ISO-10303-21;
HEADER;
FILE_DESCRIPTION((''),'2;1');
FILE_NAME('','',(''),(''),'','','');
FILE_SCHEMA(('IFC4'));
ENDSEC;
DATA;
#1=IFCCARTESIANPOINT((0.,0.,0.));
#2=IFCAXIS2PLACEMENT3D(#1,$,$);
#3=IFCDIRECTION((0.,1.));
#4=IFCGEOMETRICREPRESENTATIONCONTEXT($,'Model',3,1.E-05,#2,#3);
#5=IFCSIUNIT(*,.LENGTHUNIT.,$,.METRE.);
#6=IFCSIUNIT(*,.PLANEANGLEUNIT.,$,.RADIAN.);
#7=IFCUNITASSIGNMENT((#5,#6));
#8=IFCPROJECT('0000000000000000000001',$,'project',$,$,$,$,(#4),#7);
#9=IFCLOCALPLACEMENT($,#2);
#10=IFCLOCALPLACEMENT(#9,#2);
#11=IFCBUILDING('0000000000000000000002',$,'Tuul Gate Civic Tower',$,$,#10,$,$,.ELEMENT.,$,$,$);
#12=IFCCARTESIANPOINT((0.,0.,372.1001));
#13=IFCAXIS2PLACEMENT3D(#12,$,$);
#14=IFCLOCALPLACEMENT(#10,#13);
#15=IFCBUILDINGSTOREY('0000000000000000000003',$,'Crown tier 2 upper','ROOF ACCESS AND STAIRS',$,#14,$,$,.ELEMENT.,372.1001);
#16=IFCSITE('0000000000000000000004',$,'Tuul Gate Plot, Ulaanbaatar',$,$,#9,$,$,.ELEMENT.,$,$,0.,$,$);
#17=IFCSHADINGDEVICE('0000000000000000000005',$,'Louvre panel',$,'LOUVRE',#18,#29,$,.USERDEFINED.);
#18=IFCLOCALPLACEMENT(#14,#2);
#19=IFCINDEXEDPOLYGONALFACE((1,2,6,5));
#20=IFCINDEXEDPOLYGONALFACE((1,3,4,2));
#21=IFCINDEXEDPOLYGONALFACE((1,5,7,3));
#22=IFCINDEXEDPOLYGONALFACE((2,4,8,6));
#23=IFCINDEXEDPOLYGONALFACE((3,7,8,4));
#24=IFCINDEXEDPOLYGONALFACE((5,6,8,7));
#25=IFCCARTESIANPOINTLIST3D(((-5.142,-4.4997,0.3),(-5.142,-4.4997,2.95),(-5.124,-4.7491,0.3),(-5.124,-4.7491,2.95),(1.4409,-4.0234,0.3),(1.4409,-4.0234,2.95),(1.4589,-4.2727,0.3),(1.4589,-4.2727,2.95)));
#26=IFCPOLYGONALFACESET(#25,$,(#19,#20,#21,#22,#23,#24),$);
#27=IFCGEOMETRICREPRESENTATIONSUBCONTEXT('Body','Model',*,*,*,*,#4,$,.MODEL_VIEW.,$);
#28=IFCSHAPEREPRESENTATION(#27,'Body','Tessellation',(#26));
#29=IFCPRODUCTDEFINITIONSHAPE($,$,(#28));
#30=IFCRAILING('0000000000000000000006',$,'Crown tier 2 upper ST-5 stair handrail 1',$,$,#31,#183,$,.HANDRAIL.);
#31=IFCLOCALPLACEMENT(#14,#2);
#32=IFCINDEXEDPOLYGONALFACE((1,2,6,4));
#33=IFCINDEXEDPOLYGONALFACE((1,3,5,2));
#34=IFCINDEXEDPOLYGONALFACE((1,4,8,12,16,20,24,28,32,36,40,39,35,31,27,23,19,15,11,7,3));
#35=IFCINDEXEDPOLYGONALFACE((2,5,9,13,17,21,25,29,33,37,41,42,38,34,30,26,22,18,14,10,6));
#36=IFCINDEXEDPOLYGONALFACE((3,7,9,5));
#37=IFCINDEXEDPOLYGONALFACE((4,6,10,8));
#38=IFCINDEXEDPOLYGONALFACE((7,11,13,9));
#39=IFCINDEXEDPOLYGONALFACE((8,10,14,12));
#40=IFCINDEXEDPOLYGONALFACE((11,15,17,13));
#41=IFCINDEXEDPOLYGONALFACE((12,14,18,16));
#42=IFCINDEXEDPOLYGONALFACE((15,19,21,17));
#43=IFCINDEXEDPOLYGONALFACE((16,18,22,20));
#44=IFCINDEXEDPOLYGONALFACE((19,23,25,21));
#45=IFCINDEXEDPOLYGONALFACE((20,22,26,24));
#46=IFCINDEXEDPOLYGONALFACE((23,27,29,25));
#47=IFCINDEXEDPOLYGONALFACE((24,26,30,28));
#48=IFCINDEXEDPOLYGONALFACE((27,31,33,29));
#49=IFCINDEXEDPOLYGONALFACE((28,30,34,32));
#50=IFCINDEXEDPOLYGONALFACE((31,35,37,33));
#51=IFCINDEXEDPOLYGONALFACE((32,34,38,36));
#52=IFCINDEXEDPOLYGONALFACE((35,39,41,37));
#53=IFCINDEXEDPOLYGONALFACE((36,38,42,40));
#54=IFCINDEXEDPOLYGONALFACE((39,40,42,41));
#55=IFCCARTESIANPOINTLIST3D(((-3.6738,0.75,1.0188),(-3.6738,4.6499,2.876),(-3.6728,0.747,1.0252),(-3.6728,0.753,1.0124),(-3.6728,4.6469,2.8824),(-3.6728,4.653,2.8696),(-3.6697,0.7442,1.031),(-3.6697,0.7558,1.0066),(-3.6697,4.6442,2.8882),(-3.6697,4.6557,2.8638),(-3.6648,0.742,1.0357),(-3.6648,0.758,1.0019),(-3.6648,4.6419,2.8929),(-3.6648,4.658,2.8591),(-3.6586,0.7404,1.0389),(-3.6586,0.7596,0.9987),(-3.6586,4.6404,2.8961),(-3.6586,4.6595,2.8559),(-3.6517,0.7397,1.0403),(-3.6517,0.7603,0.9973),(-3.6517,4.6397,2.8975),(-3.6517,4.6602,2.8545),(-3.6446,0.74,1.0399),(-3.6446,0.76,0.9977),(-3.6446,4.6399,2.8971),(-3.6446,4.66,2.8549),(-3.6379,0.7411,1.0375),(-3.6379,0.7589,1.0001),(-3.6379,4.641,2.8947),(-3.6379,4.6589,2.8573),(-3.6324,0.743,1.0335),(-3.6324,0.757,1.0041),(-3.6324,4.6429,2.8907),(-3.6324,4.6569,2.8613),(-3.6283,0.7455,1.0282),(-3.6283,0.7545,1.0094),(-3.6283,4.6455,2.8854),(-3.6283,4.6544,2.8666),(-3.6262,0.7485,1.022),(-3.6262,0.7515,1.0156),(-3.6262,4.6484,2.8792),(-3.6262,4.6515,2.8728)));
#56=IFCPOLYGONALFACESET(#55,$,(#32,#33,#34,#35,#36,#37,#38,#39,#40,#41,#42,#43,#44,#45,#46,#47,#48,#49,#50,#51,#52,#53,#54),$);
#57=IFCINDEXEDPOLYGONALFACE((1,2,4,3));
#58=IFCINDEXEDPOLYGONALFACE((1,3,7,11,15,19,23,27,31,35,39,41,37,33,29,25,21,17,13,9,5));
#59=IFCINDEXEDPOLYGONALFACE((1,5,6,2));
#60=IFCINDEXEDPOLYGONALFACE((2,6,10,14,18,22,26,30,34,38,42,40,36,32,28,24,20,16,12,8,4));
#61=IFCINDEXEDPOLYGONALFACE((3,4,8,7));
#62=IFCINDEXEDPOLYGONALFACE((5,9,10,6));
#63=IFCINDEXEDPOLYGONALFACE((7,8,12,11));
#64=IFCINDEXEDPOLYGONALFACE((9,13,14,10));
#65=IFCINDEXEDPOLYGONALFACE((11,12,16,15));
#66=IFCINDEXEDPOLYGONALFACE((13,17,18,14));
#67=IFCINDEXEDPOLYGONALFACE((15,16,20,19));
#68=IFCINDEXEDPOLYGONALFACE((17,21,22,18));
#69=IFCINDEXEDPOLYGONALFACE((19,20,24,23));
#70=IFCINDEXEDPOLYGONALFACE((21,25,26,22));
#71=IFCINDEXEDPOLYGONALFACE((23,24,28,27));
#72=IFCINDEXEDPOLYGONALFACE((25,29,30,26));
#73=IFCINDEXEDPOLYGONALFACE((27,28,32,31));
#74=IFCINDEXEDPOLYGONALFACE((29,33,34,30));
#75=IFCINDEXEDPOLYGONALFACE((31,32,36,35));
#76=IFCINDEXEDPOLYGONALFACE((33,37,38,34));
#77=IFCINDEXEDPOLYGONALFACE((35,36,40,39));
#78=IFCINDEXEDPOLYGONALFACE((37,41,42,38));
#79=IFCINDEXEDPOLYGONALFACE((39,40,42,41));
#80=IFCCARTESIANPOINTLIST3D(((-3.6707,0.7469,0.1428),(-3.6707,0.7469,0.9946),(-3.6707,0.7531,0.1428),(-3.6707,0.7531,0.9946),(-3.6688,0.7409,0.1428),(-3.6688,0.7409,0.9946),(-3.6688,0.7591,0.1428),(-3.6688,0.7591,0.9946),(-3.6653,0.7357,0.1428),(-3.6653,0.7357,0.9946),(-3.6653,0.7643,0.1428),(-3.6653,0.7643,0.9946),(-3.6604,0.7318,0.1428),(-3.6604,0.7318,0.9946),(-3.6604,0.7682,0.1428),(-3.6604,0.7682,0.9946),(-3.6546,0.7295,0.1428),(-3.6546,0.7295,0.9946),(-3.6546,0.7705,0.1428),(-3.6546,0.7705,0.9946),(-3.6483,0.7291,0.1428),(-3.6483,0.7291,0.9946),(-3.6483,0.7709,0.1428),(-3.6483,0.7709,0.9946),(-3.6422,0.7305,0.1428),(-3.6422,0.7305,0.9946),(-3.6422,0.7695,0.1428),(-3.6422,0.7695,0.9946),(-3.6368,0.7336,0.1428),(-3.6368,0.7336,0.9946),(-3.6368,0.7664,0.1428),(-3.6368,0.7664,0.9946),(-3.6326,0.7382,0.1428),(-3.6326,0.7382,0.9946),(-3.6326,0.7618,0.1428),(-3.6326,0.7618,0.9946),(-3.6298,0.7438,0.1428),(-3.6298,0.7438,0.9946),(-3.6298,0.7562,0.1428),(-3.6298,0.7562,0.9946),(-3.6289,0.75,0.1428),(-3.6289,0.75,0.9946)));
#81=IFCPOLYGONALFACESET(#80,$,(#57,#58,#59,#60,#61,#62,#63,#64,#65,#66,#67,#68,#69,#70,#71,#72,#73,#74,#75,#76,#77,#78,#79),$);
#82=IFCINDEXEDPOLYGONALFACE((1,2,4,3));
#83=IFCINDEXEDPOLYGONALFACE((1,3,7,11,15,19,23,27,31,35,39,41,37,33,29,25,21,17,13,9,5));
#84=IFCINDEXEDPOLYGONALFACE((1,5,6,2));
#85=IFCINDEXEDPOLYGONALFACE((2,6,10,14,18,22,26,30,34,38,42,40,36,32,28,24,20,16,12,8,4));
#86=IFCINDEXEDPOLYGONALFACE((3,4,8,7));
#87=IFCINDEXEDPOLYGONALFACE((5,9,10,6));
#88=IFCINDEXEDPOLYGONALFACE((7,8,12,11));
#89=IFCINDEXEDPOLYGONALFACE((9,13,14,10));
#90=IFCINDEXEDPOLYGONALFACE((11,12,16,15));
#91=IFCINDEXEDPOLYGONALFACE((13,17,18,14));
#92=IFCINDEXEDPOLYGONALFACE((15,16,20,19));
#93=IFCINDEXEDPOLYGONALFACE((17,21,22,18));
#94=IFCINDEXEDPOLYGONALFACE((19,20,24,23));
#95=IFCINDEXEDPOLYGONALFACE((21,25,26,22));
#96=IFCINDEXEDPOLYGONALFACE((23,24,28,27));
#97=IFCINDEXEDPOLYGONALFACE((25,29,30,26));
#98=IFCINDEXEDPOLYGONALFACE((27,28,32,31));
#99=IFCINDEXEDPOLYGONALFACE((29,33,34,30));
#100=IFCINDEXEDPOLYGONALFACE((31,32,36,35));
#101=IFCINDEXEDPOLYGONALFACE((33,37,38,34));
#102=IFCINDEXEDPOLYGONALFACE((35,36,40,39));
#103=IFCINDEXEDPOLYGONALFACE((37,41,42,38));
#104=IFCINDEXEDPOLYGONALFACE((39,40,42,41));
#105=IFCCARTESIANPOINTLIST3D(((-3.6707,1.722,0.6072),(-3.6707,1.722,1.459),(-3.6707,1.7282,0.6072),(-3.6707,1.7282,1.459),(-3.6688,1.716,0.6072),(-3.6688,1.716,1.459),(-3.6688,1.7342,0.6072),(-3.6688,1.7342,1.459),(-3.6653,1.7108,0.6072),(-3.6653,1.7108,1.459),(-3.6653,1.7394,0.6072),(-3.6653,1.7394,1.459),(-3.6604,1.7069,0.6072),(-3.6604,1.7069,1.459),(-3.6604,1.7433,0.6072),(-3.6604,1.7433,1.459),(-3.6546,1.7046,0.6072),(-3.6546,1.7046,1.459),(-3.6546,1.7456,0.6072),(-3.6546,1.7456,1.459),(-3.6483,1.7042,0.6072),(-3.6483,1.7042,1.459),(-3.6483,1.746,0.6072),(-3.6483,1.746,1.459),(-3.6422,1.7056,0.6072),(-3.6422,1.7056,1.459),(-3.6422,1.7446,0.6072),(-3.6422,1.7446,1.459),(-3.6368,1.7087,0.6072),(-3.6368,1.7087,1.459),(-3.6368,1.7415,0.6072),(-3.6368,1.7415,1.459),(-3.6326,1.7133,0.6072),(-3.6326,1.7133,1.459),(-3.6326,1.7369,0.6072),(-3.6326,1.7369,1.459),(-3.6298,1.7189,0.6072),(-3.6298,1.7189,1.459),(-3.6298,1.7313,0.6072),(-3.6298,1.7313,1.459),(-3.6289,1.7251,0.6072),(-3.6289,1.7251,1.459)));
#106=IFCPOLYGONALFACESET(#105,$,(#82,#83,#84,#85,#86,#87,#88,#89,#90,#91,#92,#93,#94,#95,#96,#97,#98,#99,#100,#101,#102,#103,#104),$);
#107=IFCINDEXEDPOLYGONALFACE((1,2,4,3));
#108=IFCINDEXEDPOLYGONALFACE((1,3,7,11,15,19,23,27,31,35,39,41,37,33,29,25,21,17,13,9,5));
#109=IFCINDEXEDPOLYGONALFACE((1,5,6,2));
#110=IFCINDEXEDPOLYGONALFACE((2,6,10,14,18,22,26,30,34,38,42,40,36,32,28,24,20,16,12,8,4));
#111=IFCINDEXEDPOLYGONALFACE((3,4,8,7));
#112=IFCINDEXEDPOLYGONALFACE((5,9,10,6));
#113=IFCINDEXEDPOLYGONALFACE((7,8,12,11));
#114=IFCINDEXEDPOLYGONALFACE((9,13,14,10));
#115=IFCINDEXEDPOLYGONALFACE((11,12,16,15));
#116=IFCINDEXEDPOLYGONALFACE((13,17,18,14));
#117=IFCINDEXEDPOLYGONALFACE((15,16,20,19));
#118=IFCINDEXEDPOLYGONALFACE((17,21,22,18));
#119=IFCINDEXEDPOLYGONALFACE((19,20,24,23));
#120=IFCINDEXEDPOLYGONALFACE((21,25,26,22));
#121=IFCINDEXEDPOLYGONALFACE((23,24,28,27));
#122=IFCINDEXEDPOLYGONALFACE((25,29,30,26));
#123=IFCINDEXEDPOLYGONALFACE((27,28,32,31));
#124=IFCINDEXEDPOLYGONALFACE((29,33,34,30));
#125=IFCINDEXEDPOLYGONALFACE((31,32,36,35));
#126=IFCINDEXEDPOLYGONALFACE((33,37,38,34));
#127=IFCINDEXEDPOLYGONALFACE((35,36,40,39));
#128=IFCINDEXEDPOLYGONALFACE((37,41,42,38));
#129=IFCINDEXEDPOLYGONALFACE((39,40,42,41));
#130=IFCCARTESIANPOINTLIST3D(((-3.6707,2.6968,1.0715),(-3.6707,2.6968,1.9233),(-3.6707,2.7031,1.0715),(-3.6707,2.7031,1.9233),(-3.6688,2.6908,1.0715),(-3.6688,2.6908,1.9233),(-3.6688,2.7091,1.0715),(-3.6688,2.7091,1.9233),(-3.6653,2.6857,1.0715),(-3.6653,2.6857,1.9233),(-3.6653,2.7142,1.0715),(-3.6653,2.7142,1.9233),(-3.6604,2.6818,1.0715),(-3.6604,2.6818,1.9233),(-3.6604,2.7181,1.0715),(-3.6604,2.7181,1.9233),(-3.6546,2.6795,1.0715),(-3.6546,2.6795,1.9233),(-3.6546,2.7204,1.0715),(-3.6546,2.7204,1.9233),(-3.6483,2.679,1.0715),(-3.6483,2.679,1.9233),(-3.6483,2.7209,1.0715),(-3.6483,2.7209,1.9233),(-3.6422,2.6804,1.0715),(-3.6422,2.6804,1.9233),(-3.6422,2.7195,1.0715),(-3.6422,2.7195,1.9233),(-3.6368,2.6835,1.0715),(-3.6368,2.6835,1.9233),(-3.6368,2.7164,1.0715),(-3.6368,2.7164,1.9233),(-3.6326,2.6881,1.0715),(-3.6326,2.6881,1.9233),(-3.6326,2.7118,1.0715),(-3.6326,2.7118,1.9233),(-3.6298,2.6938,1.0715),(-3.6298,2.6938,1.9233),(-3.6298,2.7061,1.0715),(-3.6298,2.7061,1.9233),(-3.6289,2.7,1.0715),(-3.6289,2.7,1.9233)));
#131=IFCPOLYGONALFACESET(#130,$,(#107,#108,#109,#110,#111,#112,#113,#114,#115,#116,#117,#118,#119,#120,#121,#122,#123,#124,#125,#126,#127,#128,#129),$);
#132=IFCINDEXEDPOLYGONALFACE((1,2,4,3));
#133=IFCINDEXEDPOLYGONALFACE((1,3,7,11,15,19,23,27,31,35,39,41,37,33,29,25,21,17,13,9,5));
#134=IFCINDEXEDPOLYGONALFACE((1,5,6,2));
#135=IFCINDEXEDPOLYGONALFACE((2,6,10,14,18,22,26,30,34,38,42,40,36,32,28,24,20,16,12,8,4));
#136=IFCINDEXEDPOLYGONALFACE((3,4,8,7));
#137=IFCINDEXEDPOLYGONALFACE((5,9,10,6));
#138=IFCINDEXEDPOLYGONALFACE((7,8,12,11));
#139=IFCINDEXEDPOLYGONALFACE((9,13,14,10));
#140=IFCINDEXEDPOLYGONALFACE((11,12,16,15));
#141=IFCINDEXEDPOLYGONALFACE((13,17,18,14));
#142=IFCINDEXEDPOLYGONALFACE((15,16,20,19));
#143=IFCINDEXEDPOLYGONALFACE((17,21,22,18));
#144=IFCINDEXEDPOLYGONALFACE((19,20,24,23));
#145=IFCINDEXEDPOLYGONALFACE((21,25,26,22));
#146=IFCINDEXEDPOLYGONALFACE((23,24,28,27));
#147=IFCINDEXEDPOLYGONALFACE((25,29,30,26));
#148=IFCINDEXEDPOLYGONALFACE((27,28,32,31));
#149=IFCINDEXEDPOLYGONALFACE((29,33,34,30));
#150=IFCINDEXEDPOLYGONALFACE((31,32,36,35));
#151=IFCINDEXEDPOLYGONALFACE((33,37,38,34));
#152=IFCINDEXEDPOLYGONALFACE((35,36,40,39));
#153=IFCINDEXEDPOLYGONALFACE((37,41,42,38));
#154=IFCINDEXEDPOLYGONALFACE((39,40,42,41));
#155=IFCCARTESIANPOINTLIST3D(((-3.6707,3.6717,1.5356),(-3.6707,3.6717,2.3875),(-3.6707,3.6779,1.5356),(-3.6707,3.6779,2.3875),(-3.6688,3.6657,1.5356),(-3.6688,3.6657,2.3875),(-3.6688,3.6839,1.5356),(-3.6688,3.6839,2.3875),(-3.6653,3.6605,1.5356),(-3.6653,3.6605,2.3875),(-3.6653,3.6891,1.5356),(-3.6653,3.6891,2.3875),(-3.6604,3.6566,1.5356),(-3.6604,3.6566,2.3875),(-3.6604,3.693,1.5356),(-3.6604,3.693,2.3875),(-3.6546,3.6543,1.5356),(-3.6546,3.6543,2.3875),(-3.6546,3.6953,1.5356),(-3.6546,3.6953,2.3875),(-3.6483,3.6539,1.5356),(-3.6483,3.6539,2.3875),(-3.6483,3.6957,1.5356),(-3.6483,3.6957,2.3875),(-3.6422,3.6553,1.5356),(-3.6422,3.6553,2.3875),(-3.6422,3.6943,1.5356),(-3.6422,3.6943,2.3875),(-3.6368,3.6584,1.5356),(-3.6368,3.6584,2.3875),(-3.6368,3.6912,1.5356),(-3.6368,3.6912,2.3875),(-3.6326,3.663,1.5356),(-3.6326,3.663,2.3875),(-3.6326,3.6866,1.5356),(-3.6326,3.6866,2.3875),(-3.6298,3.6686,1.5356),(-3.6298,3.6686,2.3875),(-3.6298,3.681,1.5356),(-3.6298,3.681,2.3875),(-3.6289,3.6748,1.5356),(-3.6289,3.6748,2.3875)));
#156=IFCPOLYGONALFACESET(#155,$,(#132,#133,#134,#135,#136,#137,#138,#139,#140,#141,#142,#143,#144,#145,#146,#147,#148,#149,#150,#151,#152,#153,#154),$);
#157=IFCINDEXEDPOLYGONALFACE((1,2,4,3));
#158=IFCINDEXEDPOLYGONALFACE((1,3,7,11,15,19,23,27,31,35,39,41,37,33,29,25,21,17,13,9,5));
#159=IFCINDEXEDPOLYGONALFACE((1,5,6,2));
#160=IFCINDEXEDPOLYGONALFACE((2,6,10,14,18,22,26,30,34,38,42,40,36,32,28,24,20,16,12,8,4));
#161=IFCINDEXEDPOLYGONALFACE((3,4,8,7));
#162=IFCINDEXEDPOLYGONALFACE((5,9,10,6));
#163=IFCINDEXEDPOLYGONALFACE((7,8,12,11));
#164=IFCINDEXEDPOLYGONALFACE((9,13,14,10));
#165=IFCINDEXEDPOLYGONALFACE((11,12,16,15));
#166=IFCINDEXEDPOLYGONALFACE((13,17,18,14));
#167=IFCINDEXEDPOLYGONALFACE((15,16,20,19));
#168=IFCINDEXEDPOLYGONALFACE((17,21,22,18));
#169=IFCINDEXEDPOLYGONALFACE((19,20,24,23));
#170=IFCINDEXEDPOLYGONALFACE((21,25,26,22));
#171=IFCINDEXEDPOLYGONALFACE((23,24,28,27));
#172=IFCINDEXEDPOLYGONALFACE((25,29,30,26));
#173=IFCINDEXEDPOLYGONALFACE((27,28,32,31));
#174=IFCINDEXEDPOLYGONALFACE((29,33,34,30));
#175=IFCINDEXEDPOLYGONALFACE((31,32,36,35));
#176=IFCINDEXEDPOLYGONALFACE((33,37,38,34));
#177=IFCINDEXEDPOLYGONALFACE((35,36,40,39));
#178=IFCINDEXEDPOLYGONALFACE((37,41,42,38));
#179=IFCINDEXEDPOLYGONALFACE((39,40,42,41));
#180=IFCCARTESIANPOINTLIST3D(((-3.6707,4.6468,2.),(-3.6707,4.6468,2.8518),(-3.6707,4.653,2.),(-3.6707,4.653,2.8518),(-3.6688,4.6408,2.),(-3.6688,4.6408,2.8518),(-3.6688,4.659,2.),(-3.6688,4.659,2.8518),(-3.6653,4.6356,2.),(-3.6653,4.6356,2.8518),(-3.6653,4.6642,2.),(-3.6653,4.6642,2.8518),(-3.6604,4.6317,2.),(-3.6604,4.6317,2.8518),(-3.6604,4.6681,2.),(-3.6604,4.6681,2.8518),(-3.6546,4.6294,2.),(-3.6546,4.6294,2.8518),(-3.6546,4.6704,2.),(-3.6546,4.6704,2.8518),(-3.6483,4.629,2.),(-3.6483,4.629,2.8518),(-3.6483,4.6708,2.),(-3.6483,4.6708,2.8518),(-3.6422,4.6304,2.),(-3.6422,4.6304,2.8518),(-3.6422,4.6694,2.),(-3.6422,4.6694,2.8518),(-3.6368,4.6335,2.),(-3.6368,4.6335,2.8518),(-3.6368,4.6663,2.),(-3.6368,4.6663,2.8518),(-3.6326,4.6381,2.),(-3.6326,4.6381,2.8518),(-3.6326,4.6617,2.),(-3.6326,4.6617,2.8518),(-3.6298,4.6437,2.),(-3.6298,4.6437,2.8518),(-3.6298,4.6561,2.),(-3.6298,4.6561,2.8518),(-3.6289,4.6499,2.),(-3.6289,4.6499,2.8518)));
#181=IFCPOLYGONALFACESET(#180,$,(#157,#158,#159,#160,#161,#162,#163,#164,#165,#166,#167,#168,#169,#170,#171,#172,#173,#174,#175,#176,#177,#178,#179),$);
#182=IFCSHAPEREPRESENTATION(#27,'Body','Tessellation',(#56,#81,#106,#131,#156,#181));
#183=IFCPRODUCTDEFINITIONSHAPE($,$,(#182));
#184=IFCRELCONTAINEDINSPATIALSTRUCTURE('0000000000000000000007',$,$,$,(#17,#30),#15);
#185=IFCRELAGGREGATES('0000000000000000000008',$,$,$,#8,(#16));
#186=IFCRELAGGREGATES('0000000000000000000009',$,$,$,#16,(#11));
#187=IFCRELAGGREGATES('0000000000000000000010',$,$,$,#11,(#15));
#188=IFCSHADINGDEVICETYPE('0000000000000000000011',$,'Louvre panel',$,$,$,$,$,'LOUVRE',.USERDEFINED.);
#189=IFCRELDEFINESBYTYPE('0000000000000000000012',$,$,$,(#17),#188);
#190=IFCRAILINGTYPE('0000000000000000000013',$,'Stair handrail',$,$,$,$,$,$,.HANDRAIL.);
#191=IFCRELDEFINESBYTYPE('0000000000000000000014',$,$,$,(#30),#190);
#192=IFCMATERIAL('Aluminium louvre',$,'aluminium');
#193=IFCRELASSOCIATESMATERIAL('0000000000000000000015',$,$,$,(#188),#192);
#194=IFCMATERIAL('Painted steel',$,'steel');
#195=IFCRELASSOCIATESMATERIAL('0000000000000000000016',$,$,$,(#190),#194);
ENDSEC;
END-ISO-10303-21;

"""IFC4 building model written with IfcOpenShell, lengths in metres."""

from ifc_helpers import new_model, si_unit, direction, frame, origin, origin_2d, place, context, subcontext, project, spatial, rectangle, circle, extrude, material, type_object, element, save


model = new_model("IFC4")

# Units and contexts
model_context = context("Model", 3, precision=1e-05, world=origin(), true_north=direction((0.0, 1.0)))
body_context = subcontext(model_context, "Body", "Model", "MODEL_VIEW")
ifc_project = project(units=[si_unit("LENGTHUNIT", "METRE"), si_unit("PLANEANGLEUNIT", "RADIAN")], contexts=[model_context])

# Site, building, storey
site_placement = place(None, origin())
site = spatial("IfcSite", under=ifc_project, at=site_placement, Name="Tuul Gate Plot, Ulaanbaatar", CompositionType="ELEMENT", RefElevation=0.0)
building_placement = place(site_placement, origin())
building = spatial("IfcBuilding", under=site, at=building_placement, Name="Tuul Gate Civic Tower", CompositionType="ELEMENT")
storey_placement = place(building_placement, frame((0.0, 0.0, 372.1001)))
storey = spatial("IfcBuildingStorey", under=building, at=storey_placement, Name="Crown tier 2 upper", Description="ROOF ACCESS AND STAIRS", CompositionType="ELEMENT", Elevation=372.1001)

# Shading device
ifc_material_1 = material(Name="Aluminium louvre", Category="aluminium")
shading_device_type = type_object("IfcShadingDeviceType", Name="Louvre panel", ElementType="LOUVRE", PredefinedType="USERDEFINED", material=ifc_material_1)
shading_device_1_placement = place(storey_placement, frame((-1.8416, -4.3862, 0.3), z_axis=(0.0, 0.0, 1.0), x_axis=(0.072168, -0.997393, 0.0)))
element("IfcShadingDevice", 1, at=shading_device_1_placement, inside=storey, type_object=shading_device_type, Name="Louvre panel", ObjectType="LOUVRE", PredefinedType="USERDEFINED", context=body_context, shape_type="SweptSolid", body=[
    extrude(rectangle(XDim=0.25, YDim=6.6001, at=origin_2d()), origin(), (0.0, 0.0, 1.0), 2.6499),
])

# Railing
ifc_material_2 = material(Name="Painted steel", Category="steel")
railing_type_1 = type_object("IfcRailingType", Name="Stair handrail", PredefinedType="HANDRAIL", material=ifc_material_2)
railing_1_placement = place(storey_placement, frame((-3.6499, 0.75, 0.1428)))
element("IfcRailing", 2, at=railing_1_placement, inside=storey, type_object=railing_type_1, Name="Crown tier 2 upper ST-5 stair handrail 1", PredefinedType="HANDRAIL", context=body_context, shape_type="SweptSolid", body=[
    extrude(circle(Radius=0.0239, at=origin_2d()), frame((0.0, 0.0, 0.876), z_axis=(0.0, 0.902853, 0.429949), x_axis=(-1.0, 0.0, 0.0)), (0.0, 0.0, 1.0), 4.3196),
    extrude(circle(Radius=0.021, at=origin_2d()), origin(), (0.0, 0.0, 1.0), 0.8518),
    extrude(circle(Radius=0.021, at=origin_2d()), frame((0.0, 0.9751, 0.4644)), (0.0, 0.0, 1.0), 0.8518),
    extrude(circle(Radius=0.021, at=origin_2d()), frame((0.0, 1.95, 0.9287)), (0.0, 0.0, 1.0), 0.8518),
    extrude(circle(Radius=0.021, at=origin_2d()), frame((0.0, 2.9248, 1.3928)), (0.0, 0.0, 1.0), 0.8518),
    extrude(circle(Radius=0.021, at=origin_2d()), frame((0.0, 3.8999, 1.8572)), (0.0, 0.0, 1.0), 0.8518),
])

save(model, "model.ifc")
